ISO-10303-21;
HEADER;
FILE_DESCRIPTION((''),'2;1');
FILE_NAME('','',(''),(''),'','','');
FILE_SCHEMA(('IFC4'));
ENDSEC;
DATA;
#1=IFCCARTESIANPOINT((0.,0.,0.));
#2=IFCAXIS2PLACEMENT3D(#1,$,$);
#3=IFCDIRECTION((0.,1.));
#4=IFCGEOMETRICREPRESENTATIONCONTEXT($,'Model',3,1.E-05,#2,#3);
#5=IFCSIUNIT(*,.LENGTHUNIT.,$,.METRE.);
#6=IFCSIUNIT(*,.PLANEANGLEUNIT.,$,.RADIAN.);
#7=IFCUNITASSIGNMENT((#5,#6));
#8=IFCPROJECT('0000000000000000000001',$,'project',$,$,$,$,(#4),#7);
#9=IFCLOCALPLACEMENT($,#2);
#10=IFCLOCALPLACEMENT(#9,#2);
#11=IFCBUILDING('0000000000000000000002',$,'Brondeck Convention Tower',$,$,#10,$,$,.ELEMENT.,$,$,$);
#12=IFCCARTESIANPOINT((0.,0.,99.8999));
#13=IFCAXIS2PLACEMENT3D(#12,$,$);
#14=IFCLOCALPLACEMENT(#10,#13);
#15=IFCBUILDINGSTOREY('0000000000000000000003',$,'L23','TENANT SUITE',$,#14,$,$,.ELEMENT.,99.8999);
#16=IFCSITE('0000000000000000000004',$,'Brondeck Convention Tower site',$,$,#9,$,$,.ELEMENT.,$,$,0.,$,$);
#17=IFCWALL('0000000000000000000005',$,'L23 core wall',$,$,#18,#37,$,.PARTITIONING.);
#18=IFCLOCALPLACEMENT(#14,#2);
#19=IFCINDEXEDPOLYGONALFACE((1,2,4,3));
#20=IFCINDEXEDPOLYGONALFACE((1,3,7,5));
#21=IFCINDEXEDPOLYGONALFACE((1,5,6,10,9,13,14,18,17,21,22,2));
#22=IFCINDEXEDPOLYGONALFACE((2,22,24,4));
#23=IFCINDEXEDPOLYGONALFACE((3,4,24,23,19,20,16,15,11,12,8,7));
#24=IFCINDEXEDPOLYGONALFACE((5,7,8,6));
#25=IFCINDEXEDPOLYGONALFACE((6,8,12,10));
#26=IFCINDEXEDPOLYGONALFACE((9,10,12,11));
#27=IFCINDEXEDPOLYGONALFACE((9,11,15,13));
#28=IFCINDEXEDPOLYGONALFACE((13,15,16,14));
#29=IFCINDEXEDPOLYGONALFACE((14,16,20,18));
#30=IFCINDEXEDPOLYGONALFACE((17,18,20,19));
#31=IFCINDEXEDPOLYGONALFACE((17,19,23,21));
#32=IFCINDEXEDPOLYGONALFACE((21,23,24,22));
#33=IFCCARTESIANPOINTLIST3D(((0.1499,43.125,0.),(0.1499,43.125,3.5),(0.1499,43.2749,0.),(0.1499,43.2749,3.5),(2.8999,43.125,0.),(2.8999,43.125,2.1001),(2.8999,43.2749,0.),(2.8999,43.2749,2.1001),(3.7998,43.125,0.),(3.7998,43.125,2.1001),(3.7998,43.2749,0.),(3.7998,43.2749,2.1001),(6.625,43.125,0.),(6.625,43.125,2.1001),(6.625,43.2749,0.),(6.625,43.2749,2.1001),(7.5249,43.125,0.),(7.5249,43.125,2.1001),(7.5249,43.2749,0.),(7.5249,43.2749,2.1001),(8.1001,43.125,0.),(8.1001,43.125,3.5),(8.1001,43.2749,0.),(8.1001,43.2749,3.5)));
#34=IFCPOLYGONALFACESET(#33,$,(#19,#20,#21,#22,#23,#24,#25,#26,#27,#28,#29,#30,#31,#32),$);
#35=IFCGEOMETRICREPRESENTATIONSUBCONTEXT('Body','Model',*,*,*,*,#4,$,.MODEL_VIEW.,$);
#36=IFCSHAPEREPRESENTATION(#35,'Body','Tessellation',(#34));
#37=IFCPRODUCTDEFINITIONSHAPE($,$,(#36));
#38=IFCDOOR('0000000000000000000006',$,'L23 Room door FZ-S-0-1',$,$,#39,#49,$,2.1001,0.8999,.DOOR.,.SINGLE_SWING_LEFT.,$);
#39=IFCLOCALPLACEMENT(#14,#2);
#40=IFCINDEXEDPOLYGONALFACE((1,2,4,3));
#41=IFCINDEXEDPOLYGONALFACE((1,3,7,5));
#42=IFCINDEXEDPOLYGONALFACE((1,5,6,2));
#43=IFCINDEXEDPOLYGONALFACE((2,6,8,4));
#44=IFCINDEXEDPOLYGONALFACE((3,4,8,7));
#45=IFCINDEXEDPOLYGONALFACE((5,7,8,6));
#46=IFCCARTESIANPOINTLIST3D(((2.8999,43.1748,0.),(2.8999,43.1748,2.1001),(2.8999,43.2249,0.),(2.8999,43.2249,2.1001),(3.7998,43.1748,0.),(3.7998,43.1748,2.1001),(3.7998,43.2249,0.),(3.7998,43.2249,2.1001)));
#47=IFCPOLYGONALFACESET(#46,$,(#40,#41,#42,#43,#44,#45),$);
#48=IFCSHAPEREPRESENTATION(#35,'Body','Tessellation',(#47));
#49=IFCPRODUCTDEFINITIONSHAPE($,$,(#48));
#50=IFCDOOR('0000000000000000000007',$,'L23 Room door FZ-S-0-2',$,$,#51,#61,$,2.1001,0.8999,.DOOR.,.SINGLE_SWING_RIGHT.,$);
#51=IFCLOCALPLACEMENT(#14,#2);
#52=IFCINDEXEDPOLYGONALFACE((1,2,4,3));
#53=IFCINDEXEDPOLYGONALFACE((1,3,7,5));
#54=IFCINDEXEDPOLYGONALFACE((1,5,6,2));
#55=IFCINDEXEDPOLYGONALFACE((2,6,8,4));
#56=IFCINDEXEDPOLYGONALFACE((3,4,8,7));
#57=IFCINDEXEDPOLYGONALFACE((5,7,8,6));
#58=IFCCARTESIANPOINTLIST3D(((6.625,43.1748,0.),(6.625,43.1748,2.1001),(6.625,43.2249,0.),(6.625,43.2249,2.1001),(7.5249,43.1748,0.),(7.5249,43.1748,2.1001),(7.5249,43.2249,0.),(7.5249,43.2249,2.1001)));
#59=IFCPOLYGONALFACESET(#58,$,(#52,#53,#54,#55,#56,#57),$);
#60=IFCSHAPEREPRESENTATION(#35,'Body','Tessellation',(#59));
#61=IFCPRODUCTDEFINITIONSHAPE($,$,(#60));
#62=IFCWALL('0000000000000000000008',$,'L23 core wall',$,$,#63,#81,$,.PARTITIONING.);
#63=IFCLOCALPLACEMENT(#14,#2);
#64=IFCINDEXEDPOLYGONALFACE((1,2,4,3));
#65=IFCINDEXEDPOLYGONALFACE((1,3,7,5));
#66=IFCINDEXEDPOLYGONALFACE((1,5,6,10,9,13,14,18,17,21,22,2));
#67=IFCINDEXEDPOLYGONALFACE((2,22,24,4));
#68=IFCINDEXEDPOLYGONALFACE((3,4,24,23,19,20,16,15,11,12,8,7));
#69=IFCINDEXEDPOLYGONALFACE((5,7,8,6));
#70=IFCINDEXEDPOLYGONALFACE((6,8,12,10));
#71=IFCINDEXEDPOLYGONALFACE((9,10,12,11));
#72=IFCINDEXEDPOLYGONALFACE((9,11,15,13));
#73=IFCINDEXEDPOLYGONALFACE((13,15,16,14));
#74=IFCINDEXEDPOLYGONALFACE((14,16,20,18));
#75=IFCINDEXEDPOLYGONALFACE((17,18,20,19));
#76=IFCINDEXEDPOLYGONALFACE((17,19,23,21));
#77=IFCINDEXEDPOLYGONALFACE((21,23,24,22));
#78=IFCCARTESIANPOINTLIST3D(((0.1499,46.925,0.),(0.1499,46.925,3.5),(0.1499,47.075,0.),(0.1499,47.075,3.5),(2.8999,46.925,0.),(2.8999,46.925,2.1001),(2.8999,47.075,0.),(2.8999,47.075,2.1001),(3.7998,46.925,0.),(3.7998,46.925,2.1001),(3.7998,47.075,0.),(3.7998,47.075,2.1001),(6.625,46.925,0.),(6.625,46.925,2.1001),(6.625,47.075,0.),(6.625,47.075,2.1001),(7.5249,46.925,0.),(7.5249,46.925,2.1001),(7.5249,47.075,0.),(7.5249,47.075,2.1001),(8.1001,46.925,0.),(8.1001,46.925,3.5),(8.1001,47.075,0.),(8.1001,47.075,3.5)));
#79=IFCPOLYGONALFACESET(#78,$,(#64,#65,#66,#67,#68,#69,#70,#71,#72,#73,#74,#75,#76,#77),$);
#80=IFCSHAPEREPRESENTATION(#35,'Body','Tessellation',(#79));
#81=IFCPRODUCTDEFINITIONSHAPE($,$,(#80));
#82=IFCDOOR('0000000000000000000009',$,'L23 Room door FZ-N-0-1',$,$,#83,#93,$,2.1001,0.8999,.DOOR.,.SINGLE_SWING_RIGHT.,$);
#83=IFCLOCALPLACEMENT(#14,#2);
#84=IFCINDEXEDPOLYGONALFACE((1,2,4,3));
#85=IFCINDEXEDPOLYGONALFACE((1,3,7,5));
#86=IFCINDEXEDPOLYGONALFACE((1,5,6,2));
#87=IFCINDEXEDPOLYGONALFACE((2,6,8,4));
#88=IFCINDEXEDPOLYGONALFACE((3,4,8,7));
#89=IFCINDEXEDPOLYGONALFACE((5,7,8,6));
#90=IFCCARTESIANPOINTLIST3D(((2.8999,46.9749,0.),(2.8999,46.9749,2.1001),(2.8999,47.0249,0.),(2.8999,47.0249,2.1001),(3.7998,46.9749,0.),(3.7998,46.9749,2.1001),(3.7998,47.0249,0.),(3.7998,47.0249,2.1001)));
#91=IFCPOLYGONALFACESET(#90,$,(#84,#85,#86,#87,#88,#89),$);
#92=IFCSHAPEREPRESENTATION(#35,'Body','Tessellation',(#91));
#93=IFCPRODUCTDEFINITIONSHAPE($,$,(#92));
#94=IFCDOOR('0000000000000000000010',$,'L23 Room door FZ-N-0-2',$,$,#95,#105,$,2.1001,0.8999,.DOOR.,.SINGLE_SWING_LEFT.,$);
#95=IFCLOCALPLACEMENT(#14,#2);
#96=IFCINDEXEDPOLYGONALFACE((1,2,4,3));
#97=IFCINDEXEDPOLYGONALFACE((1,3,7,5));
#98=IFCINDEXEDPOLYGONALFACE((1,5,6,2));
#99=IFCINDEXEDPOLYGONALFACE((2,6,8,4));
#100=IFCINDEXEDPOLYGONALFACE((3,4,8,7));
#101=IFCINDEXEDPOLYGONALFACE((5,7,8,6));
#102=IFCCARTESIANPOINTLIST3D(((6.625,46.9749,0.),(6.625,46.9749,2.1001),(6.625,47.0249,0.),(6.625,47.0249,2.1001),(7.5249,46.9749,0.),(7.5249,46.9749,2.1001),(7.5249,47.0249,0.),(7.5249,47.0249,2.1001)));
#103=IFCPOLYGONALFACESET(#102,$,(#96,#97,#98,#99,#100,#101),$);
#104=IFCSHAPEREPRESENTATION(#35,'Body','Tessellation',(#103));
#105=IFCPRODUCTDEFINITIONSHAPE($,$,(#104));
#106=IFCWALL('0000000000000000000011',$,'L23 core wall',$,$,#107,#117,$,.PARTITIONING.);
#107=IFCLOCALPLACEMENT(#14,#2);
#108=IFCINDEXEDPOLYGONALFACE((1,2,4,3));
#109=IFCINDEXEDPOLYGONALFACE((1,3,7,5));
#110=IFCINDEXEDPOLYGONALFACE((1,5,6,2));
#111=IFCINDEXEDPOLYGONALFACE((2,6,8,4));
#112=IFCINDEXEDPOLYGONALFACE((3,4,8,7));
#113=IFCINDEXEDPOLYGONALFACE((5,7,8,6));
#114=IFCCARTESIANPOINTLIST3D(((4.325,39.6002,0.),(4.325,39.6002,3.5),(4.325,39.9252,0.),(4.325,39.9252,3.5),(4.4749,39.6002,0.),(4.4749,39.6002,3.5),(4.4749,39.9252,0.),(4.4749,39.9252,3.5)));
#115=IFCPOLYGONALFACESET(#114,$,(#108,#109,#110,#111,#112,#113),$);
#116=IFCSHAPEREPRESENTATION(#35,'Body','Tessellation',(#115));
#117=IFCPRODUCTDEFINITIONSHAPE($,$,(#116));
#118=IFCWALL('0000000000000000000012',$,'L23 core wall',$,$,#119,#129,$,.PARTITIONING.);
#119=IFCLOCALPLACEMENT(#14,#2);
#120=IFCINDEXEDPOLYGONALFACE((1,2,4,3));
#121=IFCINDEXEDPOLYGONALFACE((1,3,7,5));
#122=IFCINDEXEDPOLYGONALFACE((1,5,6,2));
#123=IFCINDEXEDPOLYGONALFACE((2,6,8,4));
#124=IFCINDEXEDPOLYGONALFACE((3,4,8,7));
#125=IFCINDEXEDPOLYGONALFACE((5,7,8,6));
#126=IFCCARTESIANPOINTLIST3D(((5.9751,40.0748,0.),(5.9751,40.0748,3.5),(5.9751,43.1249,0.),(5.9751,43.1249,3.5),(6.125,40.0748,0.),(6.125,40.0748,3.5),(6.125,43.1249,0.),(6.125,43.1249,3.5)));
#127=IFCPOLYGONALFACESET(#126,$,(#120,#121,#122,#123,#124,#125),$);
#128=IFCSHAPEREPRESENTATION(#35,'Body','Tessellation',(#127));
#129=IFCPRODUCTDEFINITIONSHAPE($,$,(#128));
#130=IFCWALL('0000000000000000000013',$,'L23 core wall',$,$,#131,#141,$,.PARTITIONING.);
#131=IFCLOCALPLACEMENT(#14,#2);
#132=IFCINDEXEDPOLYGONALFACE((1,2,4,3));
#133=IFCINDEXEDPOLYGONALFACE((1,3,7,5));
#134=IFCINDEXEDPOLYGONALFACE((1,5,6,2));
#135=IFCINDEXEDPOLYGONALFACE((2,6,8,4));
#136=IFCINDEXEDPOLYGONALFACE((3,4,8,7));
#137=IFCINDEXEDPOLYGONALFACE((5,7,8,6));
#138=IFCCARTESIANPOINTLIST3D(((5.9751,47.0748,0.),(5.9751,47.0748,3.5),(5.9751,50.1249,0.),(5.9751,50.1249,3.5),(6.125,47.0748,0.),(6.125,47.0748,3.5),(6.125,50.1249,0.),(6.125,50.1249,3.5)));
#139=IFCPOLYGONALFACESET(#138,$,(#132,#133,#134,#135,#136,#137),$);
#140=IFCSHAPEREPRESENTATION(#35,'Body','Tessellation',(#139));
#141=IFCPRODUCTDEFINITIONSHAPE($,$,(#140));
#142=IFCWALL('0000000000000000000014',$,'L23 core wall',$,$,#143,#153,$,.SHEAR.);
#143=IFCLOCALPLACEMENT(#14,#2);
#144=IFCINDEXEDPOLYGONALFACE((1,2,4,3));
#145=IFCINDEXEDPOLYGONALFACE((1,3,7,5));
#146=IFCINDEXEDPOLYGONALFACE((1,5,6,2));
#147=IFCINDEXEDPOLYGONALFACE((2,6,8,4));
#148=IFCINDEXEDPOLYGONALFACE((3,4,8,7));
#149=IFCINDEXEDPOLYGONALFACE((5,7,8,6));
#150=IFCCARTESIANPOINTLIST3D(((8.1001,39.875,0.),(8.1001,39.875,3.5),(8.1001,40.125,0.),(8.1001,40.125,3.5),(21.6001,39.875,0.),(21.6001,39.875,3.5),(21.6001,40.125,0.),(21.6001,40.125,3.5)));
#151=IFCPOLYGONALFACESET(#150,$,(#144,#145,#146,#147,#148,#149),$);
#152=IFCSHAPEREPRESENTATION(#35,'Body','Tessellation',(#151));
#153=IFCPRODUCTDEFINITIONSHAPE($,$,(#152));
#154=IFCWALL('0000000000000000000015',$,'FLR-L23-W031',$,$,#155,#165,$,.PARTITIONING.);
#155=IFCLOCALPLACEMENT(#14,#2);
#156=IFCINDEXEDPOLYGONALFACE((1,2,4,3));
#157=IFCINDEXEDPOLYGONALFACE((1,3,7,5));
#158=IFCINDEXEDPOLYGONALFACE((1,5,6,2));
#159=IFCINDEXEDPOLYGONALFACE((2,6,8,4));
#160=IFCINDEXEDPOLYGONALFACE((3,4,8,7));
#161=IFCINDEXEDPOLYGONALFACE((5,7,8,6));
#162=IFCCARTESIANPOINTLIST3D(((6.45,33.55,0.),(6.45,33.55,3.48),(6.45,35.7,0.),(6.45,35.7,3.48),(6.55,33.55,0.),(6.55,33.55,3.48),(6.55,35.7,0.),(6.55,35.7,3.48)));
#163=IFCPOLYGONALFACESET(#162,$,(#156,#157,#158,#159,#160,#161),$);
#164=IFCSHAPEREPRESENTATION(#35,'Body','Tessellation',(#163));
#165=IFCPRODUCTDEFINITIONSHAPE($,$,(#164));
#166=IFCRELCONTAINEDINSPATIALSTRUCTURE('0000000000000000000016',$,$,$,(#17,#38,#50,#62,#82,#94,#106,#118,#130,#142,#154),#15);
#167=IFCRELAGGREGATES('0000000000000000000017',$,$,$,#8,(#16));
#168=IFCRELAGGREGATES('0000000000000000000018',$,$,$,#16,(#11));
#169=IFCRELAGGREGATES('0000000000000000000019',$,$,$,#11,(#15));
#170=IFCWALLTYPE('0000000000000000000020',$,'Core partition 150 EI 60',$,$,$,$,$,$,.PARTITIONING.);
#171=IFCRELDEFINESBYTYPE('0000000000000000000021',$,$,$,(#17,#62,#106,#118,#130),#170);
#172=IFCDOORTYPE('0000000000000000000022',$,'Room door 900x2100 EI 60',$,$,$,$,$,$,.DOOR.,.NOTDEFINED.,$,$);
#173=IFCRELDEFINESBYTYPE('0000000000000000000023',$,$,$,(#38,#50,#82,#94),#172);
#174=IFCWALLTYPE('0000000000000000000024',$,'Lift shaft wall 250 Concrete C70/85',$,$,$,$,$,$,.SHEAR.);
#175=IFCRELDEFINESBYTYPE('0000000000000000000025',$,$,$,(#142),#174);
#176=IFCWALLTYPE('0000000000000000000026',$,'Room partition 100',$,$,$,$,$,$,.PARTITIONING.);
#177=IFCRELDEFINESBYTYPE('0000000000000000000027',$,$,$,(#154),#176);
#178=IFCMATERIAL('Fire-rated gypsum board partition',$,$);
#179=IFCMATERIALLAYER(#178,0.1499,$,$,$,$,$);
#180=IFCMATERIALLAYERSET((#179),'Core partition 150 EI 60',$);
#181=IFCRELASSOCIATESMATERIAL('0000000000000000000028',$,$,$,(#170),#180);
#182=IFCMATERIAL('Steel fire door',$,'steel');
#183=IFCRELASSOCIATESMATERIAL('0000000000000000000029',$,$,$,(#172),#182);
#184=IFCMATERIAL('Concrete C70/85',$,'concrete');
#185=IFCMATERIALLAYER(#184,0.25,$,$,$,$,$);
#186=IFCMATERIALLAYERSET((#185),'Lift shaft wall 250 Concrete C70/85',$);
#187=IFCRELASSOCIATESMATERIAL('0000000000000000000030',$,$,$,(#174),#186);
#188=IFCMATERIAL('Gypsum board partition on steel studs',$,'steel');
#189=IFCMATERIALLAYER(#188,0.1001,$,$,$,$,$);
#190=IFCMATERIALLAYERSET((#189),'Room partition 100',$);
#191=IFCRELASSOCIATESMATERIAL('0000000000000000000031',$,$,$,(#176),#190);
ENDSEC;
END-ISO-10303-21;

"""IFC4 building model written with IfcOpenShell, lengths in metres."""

from ifc_helpers import new_model, si_unit, direction, frame, frame_2d, origin, place, context, subcontext, project, spatial, rectangle, extrude, material, layer, layer_set, type_object, element, fill, save


model = new_model("IFC4")

# Units and contexts
model_context = context("Model", 3, precision=1e-05, world=origin(), true_north=direction((0.0, 1.0)))
body_context = subcontext(model_context, "Body", "Model", "MODEL_VIEW")
ifc_project = project(units=[si_unit("LENGTHUNIT", "METRE"), si_unit("PLANEANGLEUNIT", "RADIAN")], contexts=[model_context])

# Site, building, storey
site_placement = place(None, origin())
site = spatial("IfcSite", under=ifc_project, at=site_placement, Name="Brondeck Convention Tower site", CompositionType="ELEMENT", RefElevation=0.0)
building_placement = place(site_placement, origin())
building = spatial("IfcBuilding", under=site, at=building_placement, Name="Brondeck Convention Tower", CompositionType="ELEMENT")
storey_placement = place(building_placement, frame((0.0, 0.0, 99.8999)))
storey = spatial("IfcBuildingStorey", under=building, at=storey_placement, Name="L23", Description="TENANT SUITE", CompositionType="ELEMENT", Elevation=99.8999)

# Shared definitions
ifc_material_1 = material(Name="Concrete C70/85", Category="concrete")

# Shared definitions
ifc_material_2 = material(Name="Fire-rated gypsum board partition")
ifc_layer_1 = layer(ifc_material_2, 0.1499)
ifc_layer_set_1 = layer_set([ifc_layer_1], Name="Core partition 150 EI 60")
wall_type_1 = type_object("IfcWallType", Name="Core partition 150 EI 60", PredefinedType="PARTITIONING", material=ifc_layer_set_1)
ifc_material_3 = material(Name="Steel fire door", Category="steel")
door_type_1 = type_object("IfcDoorType", Name="Room door 900x2100 EI 60", OperationType="NOTDEFINED", PredefinedType="DOOR", material=ifc_material_3)

# Walls, openings, doors
wall_1_placement = place(storey_placement, frame((0.1499, 43.2, 0.0), z_axis=(0.0, 0.0, 1.0), x_axis=(1.0, 0.0, 0.0)))
wall_1 = element("IfcWall", 1, at=wall_1_placement, inside=storey, type_object=wall_type_1, Name="L23 core wall", PredefinedType="PARTITIONING", context=body_context, shape_type="SweptSolid", body=[
    extrude(rectangle(XDim=7.9502, YDim=0.1499, at=frame_2d((3.9751, 0.0))), origin(), (0.0, 0.0, 1.0), 3.5),
])
opening_1_placement = place(wall_1_placement, frame((2.75, 0.0, 0.0)))
opening_1 = element("IfcOpeningElement", 2, at=opening_1_placement, cuts=wall_1, PredefinedType="OPENING", context=body_context, shape_type="SweptSolid", body=[
    extrude(rectangle(XDim=0.8999, YDim=2.1001, at=frame_2d((0.45, 1.05))), frame((0.0, 0.085, 0.0), z_axis=(0.0, -1.0, 0.0), x_axis=(1.0, 0.0, 0.0)), (0.0, 0.0, 1.0), 0.1699),
])
opening_2_placement = place(wall_1_placement, frame((6.4751, 0.0, 0.0)))
opening_2 = element("IfcOpeningElement", 3, at=opening_2_placement, cuts=wall_1, PredefinedType="OPENING", context=body_context, shape_type="SweptSolid", body=[
    extrude(rectangle(XDim=0.8999, YDim=2.1001, at=frame_2d((0.45, 1.05))), frame((0.0, 0.085, 0.0), z_axis=(0.0, -1.0, 0.0), x_axis=(1.0, 0.0, 0.0)), (0.0, 0.0, 1.0), 0.1699),
])
door_1_placement = place(opening_1_placement, origin())
door_1 = element("IfcDoor", 4, at=door_1_placement, inside=storey, type_object=door_type_1, Name="L23 Room door FZ-S-0-1", OperationType="SINGLE_SWING_LEFT", OverallHeight=2.1001, OverallWidth=0.8999, PredefinedType="DOOR", context=body_context, shape_type="SweptSolid", body=[
    extrude(rectangle(XDim=0.8999, YDim=2.1001, at=frame_2d((0.45, 1.05))), frame((0.0, 0.0249, 0.0), z_axis=(0.0, -1.0, 0.0), x_axis=(1.0, 0.0, 0.0)), (0.0, 0.0, 1.0), 0.05),
])
fill(opening_1, door_1)
door_2_placement = place(opening_2_placement, origin())
door_2 = element("IfcDoor", 5, at=door_2_placement, inside=storey, type_object=door_type_1, Name="L23 Room door FZ-S-0-2", OperationType="SINGLE_SWING_RIGHT", OverallHeight=2.1001, OverallWidth=0.8999, PredefinedType="DOOR", context=body_context, shape_type="SweptSolid", body=[
    extrude(rectangle(XDim=0.8999, YDim=2.1001, at=frame_2d((0.45, 1.05))), frame((0.0, 0.0249, 0.0), z_axis=(0.0, -1.0, 0.0), x_axis=(1.0, 0.0, 0.0)), (0.0, 0.0, 1.0), 0.05),
])
fill(opening_2, door_2)
wall_2_placement = place(storey_placement, frame((0.1499, 47.0, 0.0), z_axis=(0.0, 0.0, 1.0), x_axis=(1.0, 0.0, 0.0)))
wall_2 = element("IfcWall", 6, at=wall_2_placement, inside=storey, type_object=wall_type_1, Name="L23 core wall", PredefinedType="PARTITIONING", context=body_context, shape_type="SweptSolid", body=[
    extrude(rectangle(XDim=7.9502, YDim=0.1499, at=frame_2d((3.9751, 0.0))), origin(), (0.0, 0.0, 1.0), 3.5),
])
opening_3_placement = place(wall_2_placement, frame((2.75, 0.0, 0.0)))
opening_3 = element("IfcOpeningElement", 7, at=opening_3_placement, cuts=wall_2, PredefinedType="OPENING", context=body_context, shape_type="SweptSolid", body=[
    extrude(rectangle(XDim=0.8999, YDim=2.1001, at=frame_2d((0.45, 1.05))), frame((0.0, 0.085, 0.0), z_axis=(0.0, -1.0, 0.0), x_axis=(1.0, 0.0, 0.0)), (0.0, 0.0, 1.0), 0.1699),
])
opening_4_placement = place(wall_2_placement, frame((6.4751, 0.0, 0.0)))
opening_4 = element("IfcOpeningElement", 8, at=opening_4_placement, cuts=wall_2, PredefinedType="OPENING", context=body_context, shape_type="SweptSolid", body=[
    extrude(rectangle(XDim=0.8999, YDim=2.1001, at=frame_2d((0.45, 1.05))), frame((0.0, 0.085, 0.0), z_axis=(0.0, -1.0, 0.0), x_axis=(1.0, 0.0, 0.0)), (0.0, 0.0, 1.0), 0.1699),
])
door_3_placement = place(opening_3_placement, origin())
door_3 = element("IfcDoor", 9, at=door_3_placement, inside=storey, type_object=door_type_1, Name="L23 Room door FZ-N-0-1", OperationType="SINGLE_SWING_RIGHT", OverallHeight=2.1001, OverallWidth=0.8999, PredefinedType="DOOR", context=body_context, shape_type="SweptSolid", body=[
    extrude(rectangle(XDim=0.8999, YDim=2.1001, at=frame_2d((0.45, 1.05))), frame((0.0, 0.0249, 0.0), z_axis=(0.0, -1.0, 0.0), x_axis=(1.0, 0.0, 0.0)), (0.0, 0.0, 1.0), 0.05),
])
fill(opening_3, door_3)
door_4_placement = place(opening_4_placement, origin())
door_4 = element("IfcDoor", 10, at=door_4_placement, inside=storey, type_object=door_type_1, Name="L23 Room door FZ-N-0-2", OperationType="SINGLE_SWING_LEFT", OverallHeight=2.1001, OverallWidth=0.8999, PredefinedType="DOOR", context=body_context, shape_type="SweptSolid", body=[
    extrude(rectangle(XDim=0.8999, YDim=2.1001, at=frame_2d((0.45, 1.05))), frame((0.0, 0.0249, 0.0), z_axis=(0.0, -1.0, 0.0), x_axis=(1.0, 0.0, 0.0)), (0.0, 0.0, 1.0), 0.05),
])
fill(opening_4, door_4)

# Walls
wall_3_placement = place(storey_placement, frame((4.3999, 39.6001, 0.0), z_axis=(0.0, 0.0, 1.0), x_axis=(0.0, 1.0, 0.0)))
element("IfcWall", 11, at=wall_3_placement, inside=storey, type_object=wall_type_1, Name="L23 core wall", PredefinedType="PARTITIONING", context=body_context, shape_type="SweptSolid", body=[
    extrude(rectangle(XDim=0.325, YDim=0.1499, at=frame_2d((0.1626, 0.0))), origin(), (0.0, 0.0, 1.0), 3.5),
])
for number, where, z_axis, x_axis, name in (
    (12, (6.05, 40.075, 0.0), (0.0, 0.0, 1.0), (0.0, 1.0, 0.0), "L23 core wall"),
    (13, (6.05, 47.075, 0.0), (0.0, 0.0, 1.0), (0.0, 1.0, 0.0), "L23 core wall"),
):
    element("IfcWall", number, at=place(storey_placement, frame(where, z_axis=z_axis, x_axis=x_axis)), inside=storey, type_object=wall_type_1, Name=name, PredefinedType="PARTITIONING", context=body_context, shape_type="SweptSolid", body=[
        extrude(rectangle(XDim=3.05, YDim=0.1499, at=frame_2d((1.5249, 0.0))), origin(), (0.0, 0.0, 1.0), 3.5),
    ])
ifc_layer_2 = layer(ifc_material_1, 0.25)
ifc_layer_set_2 = layer_set([ifc_layer_2], Name="Lift shaft wall 250 Concrete C70/85")
wall_type_2 = type_object("IfcWallType", Name="Lift shaft wall 250 Concrete C70/85", PredefinedType="SHEAR", material=ifc_layer_set_2)
wall_4_placement = place(storey_placement, frame((8.1001, 40.0, 0.0), z_axis=(0.0, 0.0, 1.0), x_axis=(1.0, 0.0, 0.0)))
element("IfcWall", 14, at=wall_4_placement, inside=storey, type_object=wall_type_2, Name="L23 core wall", PredefinedType="SHEAR", context=body_context, shape_type="SweptSolid", body=[
    extrude(rectangle(XDim=13.5, YDim=0.25, at=frame_2d((6.75, 0.0))), origin(), (0.0, 0.0, 1.0), 3.5),
])
ifc_material_4 = material(Name="Gypsum board partition on steel studs", Category="steel")
ifc_layer_3 = layer(ifc_material_4, 0.1001)
ifc_layer_set_3 = layer_set([ifc_layer_3], Name="Room partition 100")
wall_type_3 = type_object("IfcWallType", Name="Room partition 100", PredefinedType="PARTITIONING", material=ifc_layer_set_3)
wall_5_placement = place(storey_placement, frame((6.5, 33.55, 0.0), z_axis=(0.0, 0.0, 1.0), x_axis=(0.0, 1.0, 0.0)))
element("IfcWall", 15, at=wall_5_placement, inside=storey, type_object=wall_type_3, Name="FLR-L23-W031", PredefinedType="PARTITIONING", context=body_context, shape_type="SweptSolid", body=[
    extrude(rectangle(XDim=2.1499, YDim=0.1001, at=frame_2d((1.075, 0.0))), origin(), (0.0, 0.0, 1.0), 3.48),
])

save(model, "model.ifc")
